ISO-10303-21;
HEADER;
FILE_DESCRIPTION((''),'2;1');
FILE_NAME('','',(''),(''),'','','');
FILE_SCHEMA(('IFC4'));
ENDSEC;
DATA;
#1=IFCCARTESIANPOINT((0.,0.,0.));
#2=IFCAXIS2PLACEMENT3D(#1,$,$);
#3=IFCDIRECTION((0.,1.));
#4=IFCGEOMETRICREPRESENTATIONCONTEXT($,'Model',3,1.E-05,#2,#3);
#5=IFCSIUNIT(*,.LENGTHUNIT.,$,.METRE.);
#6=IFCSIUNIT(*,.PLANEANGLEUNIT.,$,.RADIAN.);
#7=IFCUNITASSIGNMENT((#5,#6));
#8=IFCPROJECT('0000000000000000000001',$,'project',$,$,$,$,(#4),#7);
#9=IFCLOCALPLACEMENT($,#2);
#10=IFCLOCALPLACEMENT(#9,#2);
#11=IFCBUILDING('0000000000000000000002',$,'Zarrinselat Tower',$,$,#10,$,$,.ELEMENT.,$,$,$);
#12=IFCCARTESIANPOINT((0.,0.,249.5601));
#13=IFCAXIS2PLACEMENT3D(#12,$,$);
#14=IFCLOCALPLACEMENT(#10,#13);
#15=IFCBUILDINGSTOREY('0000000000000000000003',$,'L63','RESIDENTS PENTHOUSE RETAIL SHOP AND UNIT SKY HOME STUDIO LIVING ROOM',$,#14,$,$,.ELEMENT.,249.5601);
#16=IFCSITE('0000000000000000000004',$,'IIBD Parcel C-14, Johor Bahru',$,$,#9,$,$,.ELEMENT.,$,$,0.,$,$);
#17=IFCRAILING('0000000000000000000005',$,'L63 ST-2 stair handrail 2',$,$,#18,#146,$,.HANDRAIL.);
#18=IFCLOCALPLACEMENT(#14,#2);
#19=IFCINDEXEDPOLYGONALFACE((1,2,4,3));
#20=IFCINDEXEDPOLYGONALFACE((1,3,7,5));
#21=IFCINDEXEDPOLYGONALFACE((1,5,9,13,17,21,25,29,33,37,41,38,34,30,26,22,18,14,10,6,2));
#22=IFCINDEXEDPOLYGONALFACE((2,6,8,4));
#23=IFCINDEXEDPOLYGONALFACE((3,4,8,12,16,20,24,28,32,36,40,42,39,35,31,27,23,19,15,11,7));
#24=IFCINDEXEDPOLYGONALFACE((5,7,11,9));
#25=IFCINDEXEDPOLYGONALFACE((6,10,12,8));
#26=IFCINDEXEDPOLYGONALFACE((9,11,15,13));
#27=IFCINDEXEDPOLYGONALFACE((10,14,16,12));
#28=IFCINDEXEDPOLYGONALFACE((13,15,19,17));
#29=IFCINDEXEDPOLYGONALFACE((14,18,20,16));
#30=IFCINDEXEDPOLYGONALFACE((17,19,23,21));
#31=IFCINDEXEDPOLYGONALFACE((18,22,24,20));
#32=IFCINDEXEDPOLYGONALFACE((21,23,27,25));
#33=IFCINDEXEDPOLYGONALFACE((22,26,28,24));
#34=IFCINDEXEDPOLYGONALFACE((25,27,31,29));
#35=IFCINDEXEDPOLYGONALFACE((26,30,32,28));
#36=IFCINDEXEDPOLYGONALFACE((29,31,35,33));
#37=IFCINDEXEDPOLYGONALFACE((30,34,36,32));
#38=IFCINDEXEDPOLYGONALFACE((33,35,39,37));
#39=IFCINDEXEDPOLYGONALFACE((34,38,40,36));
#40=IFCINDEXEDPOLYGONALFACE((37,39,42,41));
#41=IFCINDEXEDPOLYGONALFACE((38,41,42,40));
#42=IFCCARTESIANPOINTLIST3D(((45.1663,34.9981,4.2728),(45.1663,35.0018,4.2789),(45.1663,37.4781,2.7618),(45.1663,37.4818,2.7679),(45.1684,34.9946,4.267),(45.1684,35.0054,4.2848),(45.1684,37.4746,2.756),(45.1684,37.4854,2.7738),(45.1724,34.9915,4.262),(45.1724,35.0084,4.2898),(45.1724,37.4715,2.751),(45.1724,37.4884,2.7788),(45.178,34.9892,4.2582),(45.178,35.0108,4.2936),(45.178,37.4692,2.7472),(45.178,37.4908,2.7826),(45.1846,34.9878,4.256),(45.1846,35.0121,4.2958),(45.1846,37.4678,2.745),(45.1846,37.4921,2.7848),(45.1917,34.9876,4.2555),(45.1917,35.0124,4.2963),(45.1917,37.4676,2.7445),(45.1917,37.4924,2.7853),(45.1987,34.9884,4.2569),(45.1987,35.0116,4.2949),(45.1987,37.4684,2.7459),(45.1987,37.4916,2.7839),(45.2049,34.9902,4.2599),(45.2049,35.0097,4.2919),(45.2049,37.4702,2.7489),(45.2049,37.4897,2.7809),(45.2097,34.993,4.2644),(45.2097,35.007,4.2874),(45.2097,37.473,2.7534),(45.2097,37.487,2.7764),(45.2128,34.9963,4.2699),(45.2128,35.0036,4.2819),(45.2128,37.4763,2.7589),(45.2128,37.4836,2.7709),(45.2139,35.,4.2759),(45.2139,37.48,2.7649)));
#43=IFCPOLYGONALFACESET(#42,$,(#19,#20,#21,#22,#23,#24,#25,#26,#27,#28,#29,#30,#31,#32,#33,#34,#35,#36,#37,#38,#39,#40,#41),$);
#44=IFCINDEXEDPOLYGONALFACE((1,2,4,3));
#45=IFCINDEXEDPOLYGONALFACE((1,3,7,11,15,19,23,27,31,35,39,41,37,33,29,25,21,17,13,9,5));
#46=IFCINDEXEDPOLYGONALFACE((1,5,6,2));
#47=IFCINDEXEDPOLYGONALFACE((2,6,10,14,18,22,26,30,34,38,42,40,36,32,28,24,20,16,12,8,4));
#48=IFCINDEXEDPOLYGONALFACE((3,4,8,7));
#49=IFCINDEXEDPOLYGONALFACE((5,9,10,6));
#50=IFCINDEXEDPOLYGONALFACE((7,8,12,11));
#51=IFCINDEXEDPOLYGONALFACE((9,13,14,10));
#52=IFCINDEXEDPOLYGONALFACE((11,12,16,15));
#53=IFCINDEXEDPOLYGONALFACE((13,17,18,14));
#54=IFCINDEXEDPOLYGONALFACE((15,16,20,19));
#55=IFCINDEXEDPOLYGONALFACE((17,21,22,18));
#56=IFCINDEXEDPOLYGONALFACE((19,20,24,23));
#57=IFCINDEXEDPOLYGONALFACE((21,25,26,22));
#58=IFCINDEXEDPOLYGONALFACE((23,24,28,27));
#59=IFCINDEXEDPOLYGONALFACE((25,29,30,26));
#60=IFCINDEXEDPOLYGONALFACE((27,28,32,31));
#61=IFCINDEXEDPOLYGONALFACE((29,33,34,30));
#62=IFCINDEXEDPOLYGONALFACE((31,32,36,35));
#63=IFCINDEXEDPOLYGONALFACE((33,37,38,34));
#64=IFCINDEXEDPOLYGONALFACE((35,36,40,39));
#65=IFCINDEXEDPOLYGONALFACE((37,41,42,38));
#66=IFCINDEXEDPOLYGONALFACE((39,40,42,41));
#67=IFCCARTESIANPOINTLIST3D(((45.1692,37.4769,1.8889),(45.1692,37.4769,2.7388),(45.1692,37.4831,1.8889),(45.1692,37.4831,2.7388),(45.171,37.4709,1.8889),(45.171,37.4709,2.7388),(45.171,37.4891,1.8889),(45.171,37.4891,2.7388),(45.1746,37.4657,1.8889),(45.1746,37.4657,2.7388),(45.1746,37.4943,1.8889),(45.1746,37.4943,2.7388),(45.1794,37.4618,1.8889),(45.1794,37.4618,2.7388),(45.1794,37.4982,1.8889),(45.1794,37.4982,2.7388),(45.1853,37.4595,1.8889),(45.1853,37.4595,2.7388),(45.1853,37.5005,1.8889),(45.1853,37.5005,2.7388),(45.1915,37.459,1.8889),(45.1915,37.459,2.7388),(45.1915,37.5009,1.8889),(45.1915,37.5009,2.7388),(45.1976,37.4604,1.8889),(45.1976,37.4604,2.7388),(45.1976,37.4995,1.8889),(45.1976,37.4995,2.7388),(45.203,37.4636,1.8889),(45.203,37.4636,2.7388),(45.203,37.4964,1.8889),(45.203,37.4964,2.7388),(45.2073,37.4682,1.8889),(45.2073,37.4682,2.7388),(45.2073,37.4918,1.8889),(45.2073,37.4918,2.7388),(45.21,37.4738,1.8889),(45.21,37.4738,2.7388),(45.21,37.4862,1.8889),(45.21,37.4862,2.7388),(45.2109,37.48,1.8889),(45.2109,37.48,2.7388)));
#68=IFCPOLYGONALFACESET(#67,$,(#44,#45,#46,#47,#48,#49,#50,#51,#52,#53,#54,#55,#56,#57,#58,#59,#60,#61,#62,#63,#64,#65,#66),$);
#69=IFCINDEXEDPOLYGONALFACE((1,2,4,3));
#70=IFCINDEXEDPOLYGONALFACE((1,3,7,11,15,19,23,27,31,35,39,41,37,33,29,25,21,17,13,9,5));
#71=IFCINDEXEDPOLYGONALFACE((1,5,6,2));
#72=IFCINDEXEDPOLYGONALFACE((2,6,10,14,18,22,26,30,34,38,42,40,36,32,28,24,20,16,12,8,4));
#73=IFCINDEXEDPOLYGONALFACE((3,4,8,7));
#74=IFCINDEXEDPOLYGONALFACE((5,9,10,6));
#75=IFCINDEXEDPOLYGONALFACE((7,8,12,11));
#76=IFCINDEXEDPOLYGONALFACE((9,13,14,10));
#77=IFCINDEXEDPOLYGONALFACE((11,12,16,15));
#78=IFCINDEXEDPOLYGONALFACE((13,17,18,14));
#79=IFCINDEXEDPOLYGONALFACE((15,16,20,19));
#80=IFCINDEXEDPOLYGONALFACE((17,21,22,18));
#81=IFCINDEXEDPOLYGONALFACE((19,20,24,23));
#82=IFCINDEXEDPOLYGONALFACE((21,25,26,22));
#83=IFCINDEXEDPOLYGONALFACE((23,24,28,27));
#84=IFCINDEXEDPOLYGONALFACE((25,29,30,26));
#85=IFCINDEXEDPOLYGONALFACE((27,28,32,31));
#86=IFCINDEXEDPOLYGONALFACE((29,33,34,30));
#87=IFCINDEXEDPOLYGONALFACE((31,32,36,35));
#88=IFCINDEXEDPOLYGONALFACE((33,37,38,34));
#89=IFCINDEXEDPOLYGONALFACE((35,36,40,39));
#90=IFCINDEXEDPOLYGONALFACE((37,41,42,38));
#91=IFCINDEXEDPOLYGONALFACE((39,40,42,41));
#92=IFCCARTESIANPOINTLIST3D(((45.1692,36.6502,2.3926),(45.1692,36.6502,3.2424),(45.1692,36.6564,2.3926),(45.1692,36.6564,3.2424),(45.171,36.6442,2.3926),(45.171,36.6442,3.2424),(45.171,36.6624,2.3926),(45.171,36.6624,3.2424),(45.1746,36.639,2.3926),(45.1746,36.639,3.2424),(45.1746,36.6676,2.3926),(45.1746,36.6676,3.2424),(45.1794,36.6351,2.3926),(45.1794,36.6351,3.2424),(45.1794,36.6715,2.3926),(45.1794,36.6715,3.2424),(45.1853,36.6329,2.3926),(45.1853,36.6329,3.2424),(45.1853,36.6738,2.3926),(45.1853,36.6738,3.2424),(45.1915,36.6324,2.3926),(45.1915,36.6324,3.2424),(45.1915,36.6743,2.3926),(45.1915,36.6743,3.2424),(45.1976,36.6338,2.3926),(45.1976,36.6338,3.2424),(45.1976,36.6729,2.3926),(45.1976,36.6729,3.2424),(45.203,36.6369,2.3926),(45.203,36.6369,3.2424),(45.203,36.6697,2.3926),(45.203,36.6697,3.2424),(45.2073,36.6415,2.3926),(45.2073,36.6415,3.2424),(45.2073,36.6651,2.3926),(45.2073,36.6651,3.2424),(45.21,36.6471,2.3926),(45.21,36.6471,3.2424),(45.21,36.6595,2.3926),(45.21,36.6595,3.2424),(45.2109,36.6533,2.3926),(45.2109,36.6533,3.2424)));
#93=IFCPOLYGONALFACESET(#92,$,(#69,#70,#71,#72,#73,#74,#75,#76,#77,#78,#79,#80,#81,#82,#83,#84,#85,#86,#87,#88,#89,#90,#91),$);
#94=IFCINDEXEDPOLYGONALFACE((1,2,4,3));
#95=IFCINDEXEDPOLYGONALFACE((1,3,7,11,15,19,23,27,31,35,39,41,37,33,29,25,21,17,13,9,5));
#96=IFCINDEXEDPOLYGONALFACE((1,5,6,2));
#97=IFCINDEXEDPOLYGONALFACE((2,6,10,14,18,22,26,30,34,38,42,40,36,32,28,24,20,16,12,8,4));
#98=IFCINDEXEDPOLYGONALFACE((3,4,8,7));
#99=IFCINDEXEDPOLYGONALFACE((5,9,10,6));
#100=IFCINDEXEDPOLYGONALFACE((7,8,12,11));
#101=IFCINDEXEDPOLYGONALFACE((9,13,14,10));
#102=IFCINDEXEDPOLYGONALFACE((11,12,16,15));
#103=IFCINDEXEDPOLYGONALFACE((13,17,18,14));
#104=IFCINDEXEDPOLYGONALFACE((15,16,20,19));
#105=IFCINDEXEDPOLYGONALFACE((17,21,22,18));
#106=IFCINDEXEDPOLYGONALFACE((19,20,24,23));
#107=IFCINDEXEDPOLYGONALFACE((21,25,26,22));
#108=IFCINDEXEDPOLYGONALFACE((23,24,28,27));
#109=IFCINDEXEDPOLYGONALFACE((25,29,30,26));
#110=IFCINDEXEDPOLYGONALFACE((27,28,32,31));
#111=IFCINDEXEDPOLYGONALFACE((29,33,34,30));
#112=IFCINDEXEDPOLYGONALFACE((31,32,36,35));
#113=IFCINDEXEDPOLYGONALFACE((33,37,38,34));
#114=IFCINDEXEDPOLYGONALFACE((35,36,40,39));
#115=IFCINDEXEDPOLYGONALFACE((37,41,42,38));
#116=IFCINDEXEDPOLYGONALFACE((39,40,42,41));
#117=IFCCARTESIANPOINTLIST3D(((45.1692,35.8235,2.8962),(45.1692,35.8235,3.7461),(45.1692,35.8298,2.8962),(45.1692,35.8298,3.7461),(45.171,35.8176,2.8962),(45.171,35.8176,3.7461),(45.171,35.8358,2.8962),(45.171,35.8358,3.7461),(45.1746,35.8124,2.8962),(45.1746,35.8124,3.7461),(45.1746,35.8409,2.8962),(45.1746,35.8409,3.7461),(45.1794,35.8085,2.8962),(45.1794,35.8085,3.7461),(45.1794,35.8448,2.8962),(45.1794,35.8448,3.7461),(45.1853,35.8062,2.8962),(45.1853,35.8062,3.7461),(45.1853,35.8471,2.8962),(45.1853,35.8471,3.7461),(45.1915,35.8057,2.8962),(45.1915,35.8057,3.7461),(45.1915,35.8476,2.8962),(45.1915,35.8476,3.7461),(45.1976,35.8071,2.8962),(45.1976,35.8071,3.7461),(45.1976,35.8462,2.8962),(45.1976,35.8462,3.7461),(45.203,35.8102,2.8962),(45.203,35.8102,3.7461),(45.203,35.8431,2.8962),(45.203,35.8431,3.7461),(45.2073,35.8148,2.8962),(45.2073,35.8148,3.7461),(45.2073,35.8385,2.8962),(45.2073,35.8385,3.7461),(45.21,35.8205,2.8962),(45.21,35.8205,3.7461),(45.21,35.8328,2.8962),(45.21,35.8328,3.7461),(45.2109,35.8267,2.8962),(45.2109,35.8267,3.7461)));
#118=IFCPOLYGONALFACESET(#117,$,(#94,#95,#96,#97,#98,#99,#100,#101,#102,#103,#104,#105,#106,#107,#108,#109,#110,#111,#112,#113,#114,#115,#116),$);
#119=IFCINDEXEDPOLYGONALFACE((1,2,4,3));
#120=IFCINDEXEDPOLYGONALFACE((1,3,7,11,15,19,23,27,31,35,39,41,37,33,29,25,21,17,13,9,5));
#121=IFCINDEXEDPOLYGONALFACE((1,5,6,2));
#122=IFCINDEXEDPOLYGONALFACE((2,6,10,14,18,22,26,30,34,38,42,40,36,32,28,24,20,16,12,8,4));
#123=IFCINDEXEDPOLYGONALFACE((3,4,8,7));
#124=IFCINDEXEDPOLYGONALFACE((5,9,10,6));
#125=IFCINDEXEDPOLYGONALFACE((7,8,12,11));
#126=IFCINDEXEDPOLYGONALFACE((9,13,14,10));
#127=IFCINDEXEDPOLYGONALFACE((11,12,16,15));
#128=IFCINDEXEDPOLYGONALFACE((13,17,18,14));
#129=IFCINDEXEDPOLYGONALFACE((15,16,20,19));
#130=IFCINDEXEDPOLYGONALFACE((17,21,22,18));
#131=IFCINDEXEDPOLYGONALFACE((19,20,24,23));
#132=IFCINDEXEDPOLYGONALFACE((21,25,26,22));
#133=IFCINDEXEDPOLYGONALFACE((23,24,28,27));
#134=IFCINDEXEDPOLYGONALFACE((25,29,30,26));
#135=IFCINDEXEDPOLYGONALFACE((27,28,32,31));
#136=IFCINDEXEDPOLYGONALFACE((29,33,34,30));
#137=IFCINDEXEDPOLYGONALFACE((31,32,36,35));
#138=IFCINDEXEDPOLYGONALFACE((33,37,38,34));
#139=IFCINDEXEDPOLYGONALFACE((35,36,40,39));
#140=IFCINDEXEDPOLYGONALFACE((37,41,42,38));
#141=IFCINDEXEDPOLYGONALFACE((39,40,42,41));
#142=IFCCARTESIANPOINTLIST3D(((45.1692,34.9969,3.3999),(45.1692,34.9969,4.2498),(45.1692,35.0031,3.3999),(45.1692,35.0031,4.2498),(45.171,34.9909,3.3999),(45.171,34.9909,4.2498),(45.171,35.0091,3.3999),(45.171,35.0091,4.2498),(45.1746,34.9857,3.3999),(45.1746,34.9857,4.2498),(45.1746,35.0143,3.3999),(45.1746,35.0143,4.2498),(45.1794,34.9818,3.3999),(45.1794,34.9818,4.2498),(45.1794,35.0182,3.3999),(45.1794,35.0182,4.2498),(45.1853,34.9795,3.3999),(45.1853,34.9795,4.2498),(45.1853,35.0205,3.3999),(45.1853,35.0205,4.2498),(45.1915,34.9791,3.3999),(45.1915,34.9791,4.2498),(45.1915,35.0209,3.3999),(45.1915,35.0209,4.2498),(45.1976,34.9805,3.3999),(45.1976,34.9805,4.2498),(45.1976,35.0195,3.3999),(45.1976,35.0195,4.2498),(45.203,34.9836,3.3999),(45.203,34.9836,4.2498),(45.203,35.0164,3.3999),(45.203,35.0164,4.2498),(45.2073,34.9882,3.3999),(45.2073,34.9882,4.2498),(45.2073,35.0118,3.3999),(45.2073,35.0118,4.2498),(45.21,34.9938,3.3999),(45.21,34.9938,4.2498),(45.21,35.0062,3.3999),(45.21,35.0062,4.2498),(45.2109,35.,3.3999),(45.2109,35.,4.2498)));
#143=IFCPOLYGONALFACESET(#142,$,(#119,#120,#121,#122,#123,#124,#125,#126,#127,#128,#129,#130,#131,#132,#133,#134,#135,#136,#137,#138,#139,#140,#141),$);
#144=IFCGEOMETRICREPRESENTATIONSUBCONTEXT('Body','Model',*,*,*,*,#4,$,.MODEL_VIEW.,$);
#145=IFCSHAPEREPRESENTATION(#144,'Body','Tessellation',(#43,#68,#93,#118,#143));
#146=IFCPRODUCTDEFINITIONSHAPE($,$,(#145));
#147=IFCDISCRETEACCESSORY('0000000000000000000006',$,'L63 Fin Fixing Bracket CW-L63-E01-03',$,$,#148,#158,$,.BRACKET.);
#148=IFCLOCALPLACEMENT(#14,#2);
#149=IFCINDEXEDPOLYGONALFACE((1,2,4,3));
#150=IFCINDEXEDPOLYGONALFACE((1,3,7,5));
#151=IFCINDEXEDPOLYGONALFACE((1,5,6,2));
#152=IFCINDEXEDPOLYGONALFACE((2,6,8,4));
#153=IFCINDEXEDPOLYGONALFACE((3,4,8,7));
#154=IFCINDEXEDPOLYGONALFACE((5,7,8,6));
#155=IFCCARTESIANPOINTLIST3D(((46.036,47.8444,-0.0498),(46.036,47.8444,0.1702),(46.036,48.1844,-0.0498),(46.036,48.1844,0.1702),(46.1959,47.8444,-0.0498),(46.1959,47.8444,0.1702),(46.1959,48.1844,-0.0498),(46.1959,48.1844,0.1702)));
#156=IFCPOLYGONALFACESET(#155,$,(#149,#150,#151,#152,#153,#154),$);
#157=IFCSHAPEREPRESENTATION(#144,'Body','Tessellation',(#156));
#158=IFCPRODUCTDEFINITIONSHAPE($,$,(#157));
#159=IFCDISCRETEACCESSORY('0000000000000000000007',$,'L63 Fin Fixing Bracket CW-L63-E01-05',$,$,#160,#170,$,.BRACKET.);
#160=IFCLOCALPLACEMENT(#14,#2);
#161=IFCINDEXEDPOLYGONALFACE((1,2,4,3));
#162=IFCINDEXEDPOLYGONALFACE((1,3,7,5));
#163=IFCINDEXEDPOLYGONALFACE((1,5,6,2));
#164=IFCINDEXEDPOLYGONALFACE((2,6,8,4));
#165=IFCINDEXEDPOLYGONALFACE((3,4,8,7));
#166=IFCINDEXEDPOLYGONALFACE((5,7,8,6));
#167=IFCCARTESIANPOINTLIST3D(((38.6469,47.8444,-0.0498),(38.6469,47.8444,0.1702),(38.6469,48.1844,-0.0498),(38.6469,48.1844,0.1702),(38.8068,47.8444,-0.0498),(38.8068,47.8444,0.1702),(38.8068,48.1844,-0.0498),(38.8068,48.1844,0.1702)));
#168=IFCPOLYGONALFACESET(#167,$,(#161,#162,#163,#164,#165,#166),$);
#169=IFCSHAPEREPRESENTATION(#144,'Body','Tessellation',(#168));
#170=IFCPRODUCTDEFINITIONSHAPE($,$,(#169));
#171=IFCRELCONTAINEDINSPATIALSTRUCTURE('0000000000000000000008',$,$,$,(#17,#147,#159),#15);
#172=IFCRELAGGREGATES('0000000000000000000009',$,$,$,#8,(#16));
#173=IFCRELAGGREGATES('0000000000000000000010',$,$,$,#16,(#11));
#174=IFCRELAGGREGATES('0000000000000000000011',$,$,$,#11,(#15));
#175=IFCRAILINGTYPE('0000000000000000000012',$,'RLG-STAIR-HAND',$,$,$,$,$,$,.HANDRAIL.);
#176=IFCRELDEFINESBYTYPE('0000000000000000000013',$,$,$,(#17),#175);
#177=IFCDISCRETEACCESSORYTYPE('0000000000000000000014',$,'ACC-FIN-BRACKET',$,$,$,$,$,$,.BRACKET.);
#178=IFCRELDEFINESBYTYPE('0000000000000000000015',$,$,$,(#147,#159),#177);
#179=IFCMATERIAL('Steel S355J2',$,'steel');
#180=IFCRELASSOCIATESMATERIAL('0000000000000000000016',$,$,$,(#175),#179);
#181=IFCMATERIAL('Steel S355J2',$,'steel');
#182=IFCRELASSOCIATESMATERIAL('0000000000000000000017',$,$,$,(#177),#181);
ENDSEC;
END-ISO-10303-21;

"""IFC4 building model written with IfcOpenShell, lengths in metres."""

from ifc_helpers import new_model, si_unit, direction, frame, origin, origin_2d, place, context, subcontext, project, spatial, rectangle, circle, extrude, material, type_object, element, save


model = new_model("IFC4")

# Units and contexts
model_context = context("Model", 3, precision=1e-05, world=origin(), true_north=direction((0.0, 1.0)))
body_context = subcontext(model_context, "Body", "Model", "MODEL_VIEW")
ifc_project = project(units=[si_unit("LENGTHUNIT", "METRE"), si_unit("PLANEANGLEUNIT", "RADIAN")], contexts=[model_context])

# Site, building, storey
site_placement = place(None, origin())
site = spatial("IfcSite", under=ifc_project, at=site_placement, Name="IIBD Parcel C-14, Johor Bahru", CompositionType="ELEMENT", RefElevation=0.0)
building_placement = place(site_placement, origin())
building = spatial("IfcBuilding", under=site, at=building_placement, Name="Zarrinselat Tower", CompositionType="ELEMENT")
storey_placement = place(building_placement, frame((0.0, 0.0, 249.5601)))
storey = spatial("IfcBuildingStorey", under=building, at=storey_placement, Name="L63", Description="RESIDENTS PENTHOUSE RETAIL SHOP AND UNIT SKY HOME STUDIO LIVING ROOM", CompositionType="ELEMENT", Elevation=249.5601)

# Railing
ifc_material_1 = material(Name="Steel S355J2", Category="steel")
railing_type_1 = type_object("IfcRailingType", Name="RLG-STAIR-HAND", PredefinedType="HANDRAIL", material=ifc_material_1)
railing_1_placement = place(storey_placement, frame((45.1899, 37.48, 1.8889)))
element("IfcRailing", 1, at=railing_1_placement, inside=storey, type_object=railing_type_1, Name="L63 ST-2 stair handrail 2", PredefinedType="HANDRAIL", context=body_context, shape_type="SweptSolid", body=[
    extrude(circle(Radius=0.0239, at=origin_2d()), frame((0.0, 0.0, 0.876), z_axis=(0.0, -0.853979, 0.520307), x_axis=(1.0, 0.0, 0.0)), (0.0, 0.0, 1.0), 2.9041),
    extrude(circle(Radius=0.021, at=origin_2d()), origin(), (0.0, 0.0, 1.0), 0.8499),
    extrude(circle(Radius=0.021, at=origin_2d()), frame((0.0, -0.8267, 0.5037)), (0.0, 0.0, 1.0), 0.8499),
    extrude(circle(Radius=0.021, at=origin_2d()), frame((0.0, -1.6533, 1.0073)), (0.0, 0.0, 1.0), 0.8499),
    extrude(circle(Radius=0.021, at=origin_2d()), frame((0.0, -2.48, 1.511)), (0.0, 0.0, 1.0), 0.8499),
])

# Discrete accessories
ifc_material_2 = material(Name="Steel S355J2", Category="steel")
discrete_accessory_type = type_object("IfcDiscreteAccessoryType", Name="ACC-FIN-BRACKET", PredefinedType="BRACKET", material=ifc_material_2)
for number, where, z_axis, x_axis, name in (
    (2, (46.116, 48.0144, -0.0498), (0.0, 0.0, 1.0), (0.0, 1.0, 0.0), "L63 Fin Fixing Bracket CW-L63-E01-03"),
    (3, (38.7268, 48.0144, -0.0498), (0.0, 0.0, 1.0), (0.0, 1.0, 0.0), "L63 Fin Fixing Bracket CW-L63-E01-05"),
):
    element("IfcDiscreteAccessory", number, at=place(storey_placement, frame(where, z_axis=z_axis, x_axis=x_axis)), inside=storey, type_object=discrete_accessory_type, Name=name, PredefinedType="BRACKET", context=body_context, shape_type="SweptSolid", body=[
        extrude(rectangle(XDim=0.3401, YDim=0.1599, at=origin_2d()), origin(), (0.0, 0.0, 1.0), 0.22),
    ])

save(model, "model.ifc")
